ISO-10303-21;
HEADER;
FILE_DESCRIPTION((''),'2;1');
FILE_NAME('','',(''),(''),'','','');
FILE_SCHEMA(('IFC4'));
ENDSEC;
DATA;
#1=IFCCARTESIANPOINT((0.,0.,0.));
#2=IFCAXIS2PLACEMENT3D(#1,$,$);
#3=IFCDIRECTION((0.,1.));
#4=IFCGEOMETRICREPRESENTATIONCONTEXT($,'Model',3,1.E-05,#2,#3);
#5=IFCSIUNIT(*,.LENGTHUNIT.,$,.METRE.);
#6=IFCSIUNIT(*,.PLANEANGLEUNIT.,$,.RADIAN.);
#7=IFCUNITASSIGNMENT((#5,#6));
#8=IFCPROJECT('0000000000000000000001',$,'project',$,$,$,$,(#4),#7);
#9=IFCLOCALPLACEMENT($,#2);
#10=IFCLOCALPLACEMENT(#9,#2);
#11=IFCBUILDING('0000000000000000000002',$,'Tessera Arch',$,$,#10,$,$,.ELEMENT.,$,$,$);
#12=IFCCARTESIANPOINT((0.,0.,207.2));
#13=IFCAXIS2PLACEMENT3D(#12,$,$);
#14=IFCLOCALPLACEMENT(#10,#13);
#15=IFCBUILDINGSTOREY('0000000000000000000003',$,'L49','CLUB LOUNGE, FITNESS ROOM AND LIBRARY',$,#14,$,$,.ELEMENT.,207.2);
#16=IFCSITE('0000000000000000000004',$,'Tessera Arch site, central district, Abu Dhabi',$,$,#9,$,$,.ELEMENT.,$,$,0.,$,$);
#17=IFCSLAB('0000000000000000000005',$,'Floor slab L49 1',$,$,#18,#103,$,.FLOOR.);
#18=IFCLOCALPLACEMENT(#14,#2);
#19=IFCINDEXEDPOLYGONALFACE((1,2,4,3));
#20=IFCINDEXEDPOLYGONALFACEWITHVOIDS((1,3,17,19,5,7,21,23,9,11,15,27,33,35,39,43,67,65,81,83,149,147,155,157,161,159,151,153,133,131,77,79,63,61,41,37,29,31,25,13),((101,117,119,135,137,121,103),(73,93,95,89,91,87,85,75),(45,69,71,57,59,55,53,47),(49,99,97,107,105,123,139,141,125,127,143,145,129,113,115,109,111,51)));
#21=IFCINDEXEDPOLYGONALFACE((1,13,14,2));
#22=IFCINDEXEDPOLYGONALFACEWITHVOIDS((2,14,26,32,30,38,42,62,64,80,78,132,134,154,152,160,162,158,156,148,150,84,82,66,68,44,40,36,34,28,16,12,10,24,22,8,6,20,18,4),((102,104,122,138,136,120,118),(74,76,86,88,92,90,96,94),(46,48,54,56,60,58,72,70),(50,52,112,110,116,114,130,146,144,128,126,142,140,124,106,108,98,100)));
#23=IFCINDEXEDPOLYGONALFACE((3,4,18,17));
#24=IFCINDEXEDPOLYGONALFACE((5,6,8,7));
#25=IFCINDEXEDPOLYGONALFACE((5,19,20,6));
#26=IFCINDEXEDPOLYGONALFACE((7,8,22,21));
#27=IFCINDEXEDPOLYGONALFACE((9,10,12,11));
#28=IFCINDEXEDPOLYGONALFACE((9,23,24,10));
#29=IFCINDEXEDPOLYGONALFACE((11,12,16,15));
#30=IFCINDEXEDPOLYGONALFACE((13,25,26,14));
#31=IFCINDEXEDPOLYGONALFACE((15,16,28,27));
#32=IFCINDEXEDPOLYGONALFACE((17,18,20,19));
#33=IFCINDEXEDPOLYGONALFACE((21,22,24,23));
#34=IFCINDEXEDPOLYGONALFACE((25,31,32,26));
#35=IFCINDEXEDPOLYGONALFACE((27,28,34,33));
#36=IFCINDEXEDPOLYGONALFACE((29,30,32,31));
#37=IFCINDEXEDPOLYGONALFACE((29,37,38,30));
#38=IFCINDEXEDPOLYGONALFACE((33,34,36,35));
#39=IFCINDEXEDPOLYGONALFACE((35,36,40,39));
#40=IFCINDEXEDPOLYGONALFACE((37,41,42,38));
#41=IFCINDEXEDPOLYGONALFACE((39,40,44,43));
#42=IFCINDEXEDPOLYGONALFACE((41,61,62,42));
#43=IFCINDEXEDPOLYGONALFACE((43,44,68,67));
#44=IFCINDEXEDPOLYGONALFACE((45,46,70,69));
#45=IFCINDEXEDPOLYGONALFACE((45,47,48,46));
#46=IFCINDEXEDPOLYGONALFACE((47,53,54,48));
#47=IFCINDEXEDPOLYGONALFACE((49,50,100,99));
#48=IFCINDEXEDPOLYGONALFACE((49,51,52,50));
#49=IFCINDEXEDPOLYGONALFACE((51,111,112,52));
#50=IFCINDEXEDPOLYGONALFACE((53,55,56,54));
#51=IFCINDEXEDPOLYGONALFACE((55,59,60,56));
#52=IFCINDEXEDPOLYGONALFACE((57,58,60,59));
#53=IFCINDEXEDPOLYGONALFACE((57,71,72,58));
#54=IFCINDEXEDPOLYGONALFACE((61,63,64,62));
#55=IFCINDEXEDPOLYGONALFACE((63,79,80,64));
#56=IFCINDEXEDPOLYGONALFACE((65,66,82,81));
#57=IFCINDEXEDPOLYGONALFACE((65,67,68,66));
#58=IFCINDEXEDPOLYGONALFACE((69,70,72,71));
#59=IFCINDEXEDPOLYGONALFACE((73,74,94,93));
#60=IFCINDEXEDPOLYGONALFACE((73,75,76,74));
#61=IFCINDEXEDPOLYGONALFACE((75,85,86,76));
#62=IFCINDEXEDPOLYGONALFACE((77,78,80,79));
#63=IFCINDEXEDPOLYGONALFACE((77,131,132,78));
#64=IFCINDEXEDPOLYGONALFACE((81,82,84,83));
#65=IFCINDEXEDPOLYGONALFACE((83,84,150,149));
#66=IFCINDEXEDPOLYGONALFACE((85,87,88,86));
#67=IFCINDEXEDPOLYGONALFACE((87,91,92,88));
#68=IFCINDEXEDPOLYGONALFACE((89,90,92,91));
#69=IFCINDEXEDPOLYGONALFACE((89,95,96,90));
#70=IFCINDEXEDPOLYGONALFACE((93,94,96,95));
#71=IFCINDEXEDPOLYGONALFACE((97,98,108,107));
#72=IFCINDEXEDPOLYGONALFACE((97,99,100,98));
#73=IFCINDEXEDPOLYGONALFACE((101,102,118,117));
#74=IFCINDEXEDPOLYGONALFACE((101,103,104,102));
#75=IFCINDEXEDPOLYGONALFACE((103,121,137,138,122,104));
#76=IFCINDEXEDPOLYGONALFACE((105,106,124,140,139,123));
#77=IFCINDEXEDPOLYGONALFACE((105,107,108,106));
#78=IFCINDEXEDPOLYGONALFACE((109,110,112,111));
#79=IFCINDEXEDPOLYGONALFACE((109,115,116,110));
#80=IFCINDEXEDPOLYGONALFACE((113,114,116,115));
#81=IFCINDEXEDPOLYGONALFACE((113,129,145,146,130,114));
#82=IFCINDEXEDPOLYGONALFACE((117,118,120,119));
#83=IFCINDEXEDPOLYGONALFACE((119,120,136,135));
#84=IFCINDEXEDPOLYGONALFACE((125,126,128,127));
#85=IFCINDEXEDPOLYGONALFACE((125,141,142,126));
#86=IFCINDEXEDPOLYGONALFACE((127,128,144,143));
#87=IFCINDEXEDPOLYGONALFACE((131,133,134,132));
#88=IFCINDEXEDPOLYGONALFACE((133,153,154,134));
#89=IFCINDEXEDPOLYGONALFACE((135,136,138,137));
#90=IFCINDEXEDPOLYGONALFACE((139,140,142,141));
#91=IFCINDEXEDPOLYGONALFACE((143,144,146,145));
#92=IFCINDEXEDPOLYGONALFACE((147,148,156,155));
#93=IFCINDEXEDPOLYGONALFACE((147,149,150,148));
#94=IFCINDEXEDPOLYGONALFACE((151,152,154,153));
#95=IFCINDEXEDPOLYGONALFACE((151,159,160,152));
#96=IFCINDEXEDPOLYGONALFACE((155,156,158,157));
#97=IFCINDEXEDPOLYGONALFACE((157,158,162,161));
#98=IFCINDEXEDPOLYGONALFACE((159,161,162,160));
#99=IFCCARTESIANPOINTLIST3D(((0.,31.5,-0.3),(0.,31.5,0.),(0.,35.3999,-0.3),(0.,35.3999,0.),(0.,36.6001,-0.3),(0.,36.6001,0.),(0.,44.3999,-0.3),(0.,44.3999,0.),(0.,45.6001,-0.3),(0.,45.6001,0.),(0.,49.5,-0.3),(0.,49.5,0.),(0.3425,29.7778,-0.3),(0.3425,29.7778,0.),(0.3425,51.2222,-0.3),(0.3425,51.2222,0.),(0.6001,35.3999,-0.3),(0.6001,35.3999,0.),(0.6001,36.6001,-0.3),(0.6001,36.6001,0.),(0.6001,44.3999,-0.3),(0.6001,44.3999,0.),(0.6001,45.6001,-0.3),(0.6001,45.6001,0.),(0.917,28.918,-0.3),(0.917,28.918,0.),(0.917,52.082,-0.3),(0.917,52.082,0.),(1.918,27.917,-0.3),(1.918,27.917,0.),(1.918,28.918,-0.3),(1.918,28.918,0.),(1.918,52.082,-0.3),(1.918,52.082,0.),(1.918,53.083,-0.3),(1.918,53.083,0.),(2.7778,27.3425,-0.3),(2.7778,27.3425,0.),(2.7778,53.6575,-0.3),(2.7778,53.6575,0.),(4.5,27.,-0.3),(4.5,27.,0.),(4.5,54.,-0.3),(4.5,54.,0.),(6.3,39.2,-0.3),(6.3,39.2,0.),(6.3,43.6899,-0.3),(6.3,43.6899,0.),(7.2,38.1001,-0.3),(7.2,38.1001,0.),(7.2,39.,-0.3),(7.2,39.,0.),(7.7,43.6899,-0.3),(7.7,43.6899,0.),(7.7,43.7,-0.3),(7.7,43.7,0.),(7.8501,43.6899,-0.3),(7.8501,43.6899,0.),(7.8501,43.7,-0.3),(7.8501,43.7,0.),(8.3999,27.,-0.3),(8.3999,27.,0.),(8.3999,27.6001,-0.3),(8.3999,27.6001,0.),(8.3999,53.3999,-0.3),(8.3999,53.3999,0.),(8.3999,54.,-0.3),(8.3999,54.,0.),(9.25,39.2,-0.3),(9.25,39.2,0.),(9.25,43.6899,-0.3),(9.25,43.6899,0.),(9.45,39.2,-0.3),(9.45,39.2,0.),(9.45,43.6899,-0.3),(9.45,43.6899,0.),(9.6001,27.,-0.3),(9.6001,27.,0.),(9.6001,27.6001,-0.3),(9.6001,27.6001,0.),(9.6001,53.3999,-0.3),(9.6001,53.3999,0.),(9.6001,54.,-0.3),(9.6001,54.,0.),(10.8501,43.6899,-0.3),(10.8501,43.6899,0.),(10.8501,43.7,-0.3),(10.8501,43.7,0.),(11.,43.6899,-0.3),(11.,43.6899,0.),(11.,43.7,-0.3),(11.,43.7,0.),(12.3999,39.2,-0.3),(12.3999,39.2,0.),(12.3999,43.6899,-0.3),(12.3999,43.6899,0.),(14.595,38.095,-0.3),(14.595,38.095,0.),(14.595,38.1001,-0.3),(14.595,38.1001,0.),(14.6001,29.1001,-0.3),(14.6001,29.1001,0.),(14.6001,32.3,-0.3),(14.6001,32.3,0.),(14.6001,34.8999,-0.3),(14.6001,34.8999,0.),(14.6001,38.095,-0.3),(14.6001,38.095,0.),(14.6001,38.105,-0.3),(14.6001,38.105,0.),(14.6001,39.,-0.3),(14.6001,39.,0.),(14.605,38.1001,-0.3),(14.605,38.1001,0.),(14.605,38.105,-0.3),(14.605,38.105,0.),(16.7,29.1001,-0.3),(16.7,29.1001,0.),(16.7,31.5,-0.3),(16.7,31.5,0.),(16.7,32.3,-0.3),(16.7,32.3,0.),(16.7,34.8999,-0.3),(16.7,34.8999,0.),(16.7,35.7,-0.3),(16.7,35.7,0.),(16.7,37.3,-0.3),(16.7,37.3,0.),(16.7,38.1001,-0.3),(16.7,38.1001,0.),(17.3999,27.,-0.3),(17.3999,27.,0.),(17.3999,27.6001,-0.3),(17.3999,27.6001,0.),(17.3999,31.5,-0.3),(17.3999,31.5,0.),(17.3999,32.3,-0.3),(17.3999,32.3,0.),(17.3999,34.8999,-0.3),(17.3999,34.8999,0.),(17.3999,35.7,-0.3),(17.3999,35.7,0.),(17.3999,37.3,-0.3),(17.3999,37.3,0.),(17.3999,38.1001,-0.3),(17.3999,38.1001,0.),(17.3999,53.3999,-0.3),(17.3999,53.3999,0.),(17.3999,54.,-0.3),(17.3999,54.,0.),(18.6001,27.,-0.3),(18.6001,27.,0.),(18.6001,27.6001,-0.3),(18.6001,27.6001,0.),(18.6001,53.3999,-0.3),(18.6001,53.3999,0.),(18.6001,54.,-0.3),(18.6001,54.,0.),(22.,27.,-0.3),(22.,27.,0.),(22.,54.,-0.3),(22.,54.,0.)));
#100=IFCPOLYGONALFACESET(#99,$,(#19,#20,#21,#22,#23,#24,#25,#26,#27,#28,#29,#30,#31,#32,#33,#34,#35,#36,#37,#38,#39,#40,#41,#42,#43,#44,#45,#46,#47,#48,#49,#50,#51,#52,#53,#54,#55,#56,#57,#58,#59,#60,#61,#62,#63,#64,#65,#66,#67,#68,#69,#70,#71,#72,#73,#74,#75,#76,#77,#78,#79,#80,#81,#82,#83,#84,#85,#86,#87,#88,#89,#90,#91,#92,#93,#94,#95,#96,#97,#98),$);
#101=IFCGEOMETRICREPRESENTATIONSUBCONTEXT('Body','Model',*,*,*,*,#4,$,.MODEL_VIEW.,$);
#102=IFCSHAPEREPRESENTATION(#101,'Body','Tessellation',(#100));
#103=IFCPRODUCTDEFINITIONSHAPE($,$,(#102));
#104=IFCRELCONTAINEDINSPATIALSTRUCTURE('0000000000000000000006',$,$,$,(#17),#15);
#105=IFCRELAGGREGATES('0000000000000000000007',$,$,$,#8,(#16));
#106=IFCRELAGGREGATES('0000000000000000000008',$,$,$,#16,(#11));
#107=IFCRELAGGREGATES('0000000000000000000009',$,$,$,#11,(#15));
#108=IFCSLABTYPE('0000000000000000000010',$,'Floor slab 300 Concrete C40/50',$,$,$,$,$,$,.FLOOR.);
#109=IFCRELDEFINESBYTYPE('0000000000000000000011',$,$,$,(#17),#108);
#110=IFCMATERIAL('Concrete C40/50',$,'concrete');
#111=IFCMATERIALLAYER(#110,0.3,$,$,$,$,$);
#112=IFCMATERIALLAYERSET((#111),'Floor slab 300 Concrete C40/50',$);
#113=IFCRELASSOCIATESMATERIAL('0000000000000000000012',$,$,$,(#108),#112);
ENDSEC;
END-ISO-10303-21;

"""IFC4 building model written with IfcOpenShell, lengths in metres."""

from ifc_helpers import new_model, si_unit, direction, frame, origin, place, context, subcontext, project, spatial, polyline, outline, extrude, material, layer, layer_set, type_object, element, save


model = new_model("IFC4")

# Units and contexts
model_context = context("Model", 3, precision=1e-05, world=origin(), true_north=direction((0.0, 1.0)))
body_context = subcontext(model_context, "Body", "Model", "MODEL_VIEW")
ifc_project = project(units=[si_unit("LENGTHUNIT", "METRE"), si_unit("PLANEANGLEUNIT", "RADIAN")], contexts=[model_context])

# Site, building, storey
site_placement = place(None, origin())
site = spatial("IfcSite", under=ifc_project, at=site_placement, Name="Tessera Arch site, central district, Abu Dhabi", CompositionType="ELEMENT", RefElevation=0.0)
building_placement = place(site_placement, origin())
building = spatial("IfcBuilding", under=site, at=building_placement, Name="Tessera Arch", CompositionType="ELEMENT")
storey_placement = place(building_placement, frame((0.0, 0.0, 207.2)))
storey = spatial("IfcBuildingStorey", under=building, at=storey_placement, Name="L49", Description="CLUB LOUNGE, FITNESS ROOM AND LIBRARY", CompositionType="ELEMENT", Elevation=207.2)

# Slab
ifc_material_1 = material(Name="Concrete C40/50", Category="concrete")
ifc_layer_1 = layer(ifc_material_1, 0.3)
ifc_layer_set_1 = layer_set([ifc_layer_1], Name="Floor slab 300 Concrete C40/50")
slab_type_1 = type_object("IfcSlabType", Name="Floor slab 300 Concrete C40/50", PredefinedType="FLOOR", material=ifc_layer_set_1)
slab_1_placement = place(storey_placement, frame((0.0, 0.0, -0.3)))
element("IfcSlab", 1, at=slab_1_placement, inside=storey, type_object=slab_type_1, Name="Floor slab L49 1", PredefinedType="FLOOR", context=body_context, shape_type="SweptSolid", body=[
    extrude(outline(polyline([(1.918, 27.917), (1.918, 28.918), (0.917, 28.918), (0.3425, 29.7778), (0.0, 31.5), (0.0, 35.3999), (0.6001, 35.3999), (0.6001, 36.6001), (0.0, 36.6001), (0.0, 44.3999), (0.6001, 44.3999), (0.6001, 45.6001), (0.0, 45.6001), (0.0, 49.5), (0.3425, 51.2222), (0.917, 52.082), (1.918, 52.082), (1.918, 53.083), (2.7778, 53.6575), (4.5, 54.0), (8.3999, 54.0), (8.3999, 53.3999), (9.6001, 53.3999), (9.6001, 54.0), (17.3999, 54.0), (17.3999, 53.3999), (18.6001, 53.3999), (18.6001, 54.0), (22.0, 54.0), (22.0, 27.0), (18.6001, 27.0), (18.6001, 27.6001), (17.3999, 27.6001), (17.3999, 27.0), (9.6001, 27.0), (9.6001, 27.6001), (8.3999, 27.6001), (8.3999, 27.0), (4.5, 27.0), (2.7778, 27.3425), (1.918, 27.917)]), holes=[polyline([(14.6001, 29.1001), (16.7, 29.1001), (16.7, 31.5), (17.3999, 31.5), (17.3999, 32.3), (16.7, 32.3), (14.6001, 32.3), (14.6001, 29.1001)]), polyline([(17.3999, 35.7), (16.7, 35.7), (16.7, 37.3), (17.3999, 37.3), (17.3999, 38.1001), (16.7, 38.1001), (14.605, 38.1001), (14.605, 38.105), (14.6001, 38.105), (14.6001, 39.0), (7.2, 39.0), (7.2, 38.1001), (14.595, 38.1001), (14.595, 38.095), (14.6001, 38.095), (14.6001, 34.8999), (16.7, 34.8999), (17.3999, 34.8999), (17.3999, 35.7)]), polyline([(6.3, 43.6899), (6.3, 39.2), (9.25, 39.2), (9.25, 43.6899), (7.8501, 43.6899), (7.8501, 43.7), (7.7, 43.7), (7.7, 43.6899), (6.3, 43.6899)]), polyline([(9.45, 43.6899), (9.45, 39.2), (12.3999, 39.2), (12.3999, 43.6899), (11.0, 43.6899), (11.0, 43.7), (10.8501, 43.7), (10.8501, 43.6899), (9.45, 43.6899)])]), origin(), (0.0, 0.0, 1.0), 0.3),
])

save(model, "model.ifc")
